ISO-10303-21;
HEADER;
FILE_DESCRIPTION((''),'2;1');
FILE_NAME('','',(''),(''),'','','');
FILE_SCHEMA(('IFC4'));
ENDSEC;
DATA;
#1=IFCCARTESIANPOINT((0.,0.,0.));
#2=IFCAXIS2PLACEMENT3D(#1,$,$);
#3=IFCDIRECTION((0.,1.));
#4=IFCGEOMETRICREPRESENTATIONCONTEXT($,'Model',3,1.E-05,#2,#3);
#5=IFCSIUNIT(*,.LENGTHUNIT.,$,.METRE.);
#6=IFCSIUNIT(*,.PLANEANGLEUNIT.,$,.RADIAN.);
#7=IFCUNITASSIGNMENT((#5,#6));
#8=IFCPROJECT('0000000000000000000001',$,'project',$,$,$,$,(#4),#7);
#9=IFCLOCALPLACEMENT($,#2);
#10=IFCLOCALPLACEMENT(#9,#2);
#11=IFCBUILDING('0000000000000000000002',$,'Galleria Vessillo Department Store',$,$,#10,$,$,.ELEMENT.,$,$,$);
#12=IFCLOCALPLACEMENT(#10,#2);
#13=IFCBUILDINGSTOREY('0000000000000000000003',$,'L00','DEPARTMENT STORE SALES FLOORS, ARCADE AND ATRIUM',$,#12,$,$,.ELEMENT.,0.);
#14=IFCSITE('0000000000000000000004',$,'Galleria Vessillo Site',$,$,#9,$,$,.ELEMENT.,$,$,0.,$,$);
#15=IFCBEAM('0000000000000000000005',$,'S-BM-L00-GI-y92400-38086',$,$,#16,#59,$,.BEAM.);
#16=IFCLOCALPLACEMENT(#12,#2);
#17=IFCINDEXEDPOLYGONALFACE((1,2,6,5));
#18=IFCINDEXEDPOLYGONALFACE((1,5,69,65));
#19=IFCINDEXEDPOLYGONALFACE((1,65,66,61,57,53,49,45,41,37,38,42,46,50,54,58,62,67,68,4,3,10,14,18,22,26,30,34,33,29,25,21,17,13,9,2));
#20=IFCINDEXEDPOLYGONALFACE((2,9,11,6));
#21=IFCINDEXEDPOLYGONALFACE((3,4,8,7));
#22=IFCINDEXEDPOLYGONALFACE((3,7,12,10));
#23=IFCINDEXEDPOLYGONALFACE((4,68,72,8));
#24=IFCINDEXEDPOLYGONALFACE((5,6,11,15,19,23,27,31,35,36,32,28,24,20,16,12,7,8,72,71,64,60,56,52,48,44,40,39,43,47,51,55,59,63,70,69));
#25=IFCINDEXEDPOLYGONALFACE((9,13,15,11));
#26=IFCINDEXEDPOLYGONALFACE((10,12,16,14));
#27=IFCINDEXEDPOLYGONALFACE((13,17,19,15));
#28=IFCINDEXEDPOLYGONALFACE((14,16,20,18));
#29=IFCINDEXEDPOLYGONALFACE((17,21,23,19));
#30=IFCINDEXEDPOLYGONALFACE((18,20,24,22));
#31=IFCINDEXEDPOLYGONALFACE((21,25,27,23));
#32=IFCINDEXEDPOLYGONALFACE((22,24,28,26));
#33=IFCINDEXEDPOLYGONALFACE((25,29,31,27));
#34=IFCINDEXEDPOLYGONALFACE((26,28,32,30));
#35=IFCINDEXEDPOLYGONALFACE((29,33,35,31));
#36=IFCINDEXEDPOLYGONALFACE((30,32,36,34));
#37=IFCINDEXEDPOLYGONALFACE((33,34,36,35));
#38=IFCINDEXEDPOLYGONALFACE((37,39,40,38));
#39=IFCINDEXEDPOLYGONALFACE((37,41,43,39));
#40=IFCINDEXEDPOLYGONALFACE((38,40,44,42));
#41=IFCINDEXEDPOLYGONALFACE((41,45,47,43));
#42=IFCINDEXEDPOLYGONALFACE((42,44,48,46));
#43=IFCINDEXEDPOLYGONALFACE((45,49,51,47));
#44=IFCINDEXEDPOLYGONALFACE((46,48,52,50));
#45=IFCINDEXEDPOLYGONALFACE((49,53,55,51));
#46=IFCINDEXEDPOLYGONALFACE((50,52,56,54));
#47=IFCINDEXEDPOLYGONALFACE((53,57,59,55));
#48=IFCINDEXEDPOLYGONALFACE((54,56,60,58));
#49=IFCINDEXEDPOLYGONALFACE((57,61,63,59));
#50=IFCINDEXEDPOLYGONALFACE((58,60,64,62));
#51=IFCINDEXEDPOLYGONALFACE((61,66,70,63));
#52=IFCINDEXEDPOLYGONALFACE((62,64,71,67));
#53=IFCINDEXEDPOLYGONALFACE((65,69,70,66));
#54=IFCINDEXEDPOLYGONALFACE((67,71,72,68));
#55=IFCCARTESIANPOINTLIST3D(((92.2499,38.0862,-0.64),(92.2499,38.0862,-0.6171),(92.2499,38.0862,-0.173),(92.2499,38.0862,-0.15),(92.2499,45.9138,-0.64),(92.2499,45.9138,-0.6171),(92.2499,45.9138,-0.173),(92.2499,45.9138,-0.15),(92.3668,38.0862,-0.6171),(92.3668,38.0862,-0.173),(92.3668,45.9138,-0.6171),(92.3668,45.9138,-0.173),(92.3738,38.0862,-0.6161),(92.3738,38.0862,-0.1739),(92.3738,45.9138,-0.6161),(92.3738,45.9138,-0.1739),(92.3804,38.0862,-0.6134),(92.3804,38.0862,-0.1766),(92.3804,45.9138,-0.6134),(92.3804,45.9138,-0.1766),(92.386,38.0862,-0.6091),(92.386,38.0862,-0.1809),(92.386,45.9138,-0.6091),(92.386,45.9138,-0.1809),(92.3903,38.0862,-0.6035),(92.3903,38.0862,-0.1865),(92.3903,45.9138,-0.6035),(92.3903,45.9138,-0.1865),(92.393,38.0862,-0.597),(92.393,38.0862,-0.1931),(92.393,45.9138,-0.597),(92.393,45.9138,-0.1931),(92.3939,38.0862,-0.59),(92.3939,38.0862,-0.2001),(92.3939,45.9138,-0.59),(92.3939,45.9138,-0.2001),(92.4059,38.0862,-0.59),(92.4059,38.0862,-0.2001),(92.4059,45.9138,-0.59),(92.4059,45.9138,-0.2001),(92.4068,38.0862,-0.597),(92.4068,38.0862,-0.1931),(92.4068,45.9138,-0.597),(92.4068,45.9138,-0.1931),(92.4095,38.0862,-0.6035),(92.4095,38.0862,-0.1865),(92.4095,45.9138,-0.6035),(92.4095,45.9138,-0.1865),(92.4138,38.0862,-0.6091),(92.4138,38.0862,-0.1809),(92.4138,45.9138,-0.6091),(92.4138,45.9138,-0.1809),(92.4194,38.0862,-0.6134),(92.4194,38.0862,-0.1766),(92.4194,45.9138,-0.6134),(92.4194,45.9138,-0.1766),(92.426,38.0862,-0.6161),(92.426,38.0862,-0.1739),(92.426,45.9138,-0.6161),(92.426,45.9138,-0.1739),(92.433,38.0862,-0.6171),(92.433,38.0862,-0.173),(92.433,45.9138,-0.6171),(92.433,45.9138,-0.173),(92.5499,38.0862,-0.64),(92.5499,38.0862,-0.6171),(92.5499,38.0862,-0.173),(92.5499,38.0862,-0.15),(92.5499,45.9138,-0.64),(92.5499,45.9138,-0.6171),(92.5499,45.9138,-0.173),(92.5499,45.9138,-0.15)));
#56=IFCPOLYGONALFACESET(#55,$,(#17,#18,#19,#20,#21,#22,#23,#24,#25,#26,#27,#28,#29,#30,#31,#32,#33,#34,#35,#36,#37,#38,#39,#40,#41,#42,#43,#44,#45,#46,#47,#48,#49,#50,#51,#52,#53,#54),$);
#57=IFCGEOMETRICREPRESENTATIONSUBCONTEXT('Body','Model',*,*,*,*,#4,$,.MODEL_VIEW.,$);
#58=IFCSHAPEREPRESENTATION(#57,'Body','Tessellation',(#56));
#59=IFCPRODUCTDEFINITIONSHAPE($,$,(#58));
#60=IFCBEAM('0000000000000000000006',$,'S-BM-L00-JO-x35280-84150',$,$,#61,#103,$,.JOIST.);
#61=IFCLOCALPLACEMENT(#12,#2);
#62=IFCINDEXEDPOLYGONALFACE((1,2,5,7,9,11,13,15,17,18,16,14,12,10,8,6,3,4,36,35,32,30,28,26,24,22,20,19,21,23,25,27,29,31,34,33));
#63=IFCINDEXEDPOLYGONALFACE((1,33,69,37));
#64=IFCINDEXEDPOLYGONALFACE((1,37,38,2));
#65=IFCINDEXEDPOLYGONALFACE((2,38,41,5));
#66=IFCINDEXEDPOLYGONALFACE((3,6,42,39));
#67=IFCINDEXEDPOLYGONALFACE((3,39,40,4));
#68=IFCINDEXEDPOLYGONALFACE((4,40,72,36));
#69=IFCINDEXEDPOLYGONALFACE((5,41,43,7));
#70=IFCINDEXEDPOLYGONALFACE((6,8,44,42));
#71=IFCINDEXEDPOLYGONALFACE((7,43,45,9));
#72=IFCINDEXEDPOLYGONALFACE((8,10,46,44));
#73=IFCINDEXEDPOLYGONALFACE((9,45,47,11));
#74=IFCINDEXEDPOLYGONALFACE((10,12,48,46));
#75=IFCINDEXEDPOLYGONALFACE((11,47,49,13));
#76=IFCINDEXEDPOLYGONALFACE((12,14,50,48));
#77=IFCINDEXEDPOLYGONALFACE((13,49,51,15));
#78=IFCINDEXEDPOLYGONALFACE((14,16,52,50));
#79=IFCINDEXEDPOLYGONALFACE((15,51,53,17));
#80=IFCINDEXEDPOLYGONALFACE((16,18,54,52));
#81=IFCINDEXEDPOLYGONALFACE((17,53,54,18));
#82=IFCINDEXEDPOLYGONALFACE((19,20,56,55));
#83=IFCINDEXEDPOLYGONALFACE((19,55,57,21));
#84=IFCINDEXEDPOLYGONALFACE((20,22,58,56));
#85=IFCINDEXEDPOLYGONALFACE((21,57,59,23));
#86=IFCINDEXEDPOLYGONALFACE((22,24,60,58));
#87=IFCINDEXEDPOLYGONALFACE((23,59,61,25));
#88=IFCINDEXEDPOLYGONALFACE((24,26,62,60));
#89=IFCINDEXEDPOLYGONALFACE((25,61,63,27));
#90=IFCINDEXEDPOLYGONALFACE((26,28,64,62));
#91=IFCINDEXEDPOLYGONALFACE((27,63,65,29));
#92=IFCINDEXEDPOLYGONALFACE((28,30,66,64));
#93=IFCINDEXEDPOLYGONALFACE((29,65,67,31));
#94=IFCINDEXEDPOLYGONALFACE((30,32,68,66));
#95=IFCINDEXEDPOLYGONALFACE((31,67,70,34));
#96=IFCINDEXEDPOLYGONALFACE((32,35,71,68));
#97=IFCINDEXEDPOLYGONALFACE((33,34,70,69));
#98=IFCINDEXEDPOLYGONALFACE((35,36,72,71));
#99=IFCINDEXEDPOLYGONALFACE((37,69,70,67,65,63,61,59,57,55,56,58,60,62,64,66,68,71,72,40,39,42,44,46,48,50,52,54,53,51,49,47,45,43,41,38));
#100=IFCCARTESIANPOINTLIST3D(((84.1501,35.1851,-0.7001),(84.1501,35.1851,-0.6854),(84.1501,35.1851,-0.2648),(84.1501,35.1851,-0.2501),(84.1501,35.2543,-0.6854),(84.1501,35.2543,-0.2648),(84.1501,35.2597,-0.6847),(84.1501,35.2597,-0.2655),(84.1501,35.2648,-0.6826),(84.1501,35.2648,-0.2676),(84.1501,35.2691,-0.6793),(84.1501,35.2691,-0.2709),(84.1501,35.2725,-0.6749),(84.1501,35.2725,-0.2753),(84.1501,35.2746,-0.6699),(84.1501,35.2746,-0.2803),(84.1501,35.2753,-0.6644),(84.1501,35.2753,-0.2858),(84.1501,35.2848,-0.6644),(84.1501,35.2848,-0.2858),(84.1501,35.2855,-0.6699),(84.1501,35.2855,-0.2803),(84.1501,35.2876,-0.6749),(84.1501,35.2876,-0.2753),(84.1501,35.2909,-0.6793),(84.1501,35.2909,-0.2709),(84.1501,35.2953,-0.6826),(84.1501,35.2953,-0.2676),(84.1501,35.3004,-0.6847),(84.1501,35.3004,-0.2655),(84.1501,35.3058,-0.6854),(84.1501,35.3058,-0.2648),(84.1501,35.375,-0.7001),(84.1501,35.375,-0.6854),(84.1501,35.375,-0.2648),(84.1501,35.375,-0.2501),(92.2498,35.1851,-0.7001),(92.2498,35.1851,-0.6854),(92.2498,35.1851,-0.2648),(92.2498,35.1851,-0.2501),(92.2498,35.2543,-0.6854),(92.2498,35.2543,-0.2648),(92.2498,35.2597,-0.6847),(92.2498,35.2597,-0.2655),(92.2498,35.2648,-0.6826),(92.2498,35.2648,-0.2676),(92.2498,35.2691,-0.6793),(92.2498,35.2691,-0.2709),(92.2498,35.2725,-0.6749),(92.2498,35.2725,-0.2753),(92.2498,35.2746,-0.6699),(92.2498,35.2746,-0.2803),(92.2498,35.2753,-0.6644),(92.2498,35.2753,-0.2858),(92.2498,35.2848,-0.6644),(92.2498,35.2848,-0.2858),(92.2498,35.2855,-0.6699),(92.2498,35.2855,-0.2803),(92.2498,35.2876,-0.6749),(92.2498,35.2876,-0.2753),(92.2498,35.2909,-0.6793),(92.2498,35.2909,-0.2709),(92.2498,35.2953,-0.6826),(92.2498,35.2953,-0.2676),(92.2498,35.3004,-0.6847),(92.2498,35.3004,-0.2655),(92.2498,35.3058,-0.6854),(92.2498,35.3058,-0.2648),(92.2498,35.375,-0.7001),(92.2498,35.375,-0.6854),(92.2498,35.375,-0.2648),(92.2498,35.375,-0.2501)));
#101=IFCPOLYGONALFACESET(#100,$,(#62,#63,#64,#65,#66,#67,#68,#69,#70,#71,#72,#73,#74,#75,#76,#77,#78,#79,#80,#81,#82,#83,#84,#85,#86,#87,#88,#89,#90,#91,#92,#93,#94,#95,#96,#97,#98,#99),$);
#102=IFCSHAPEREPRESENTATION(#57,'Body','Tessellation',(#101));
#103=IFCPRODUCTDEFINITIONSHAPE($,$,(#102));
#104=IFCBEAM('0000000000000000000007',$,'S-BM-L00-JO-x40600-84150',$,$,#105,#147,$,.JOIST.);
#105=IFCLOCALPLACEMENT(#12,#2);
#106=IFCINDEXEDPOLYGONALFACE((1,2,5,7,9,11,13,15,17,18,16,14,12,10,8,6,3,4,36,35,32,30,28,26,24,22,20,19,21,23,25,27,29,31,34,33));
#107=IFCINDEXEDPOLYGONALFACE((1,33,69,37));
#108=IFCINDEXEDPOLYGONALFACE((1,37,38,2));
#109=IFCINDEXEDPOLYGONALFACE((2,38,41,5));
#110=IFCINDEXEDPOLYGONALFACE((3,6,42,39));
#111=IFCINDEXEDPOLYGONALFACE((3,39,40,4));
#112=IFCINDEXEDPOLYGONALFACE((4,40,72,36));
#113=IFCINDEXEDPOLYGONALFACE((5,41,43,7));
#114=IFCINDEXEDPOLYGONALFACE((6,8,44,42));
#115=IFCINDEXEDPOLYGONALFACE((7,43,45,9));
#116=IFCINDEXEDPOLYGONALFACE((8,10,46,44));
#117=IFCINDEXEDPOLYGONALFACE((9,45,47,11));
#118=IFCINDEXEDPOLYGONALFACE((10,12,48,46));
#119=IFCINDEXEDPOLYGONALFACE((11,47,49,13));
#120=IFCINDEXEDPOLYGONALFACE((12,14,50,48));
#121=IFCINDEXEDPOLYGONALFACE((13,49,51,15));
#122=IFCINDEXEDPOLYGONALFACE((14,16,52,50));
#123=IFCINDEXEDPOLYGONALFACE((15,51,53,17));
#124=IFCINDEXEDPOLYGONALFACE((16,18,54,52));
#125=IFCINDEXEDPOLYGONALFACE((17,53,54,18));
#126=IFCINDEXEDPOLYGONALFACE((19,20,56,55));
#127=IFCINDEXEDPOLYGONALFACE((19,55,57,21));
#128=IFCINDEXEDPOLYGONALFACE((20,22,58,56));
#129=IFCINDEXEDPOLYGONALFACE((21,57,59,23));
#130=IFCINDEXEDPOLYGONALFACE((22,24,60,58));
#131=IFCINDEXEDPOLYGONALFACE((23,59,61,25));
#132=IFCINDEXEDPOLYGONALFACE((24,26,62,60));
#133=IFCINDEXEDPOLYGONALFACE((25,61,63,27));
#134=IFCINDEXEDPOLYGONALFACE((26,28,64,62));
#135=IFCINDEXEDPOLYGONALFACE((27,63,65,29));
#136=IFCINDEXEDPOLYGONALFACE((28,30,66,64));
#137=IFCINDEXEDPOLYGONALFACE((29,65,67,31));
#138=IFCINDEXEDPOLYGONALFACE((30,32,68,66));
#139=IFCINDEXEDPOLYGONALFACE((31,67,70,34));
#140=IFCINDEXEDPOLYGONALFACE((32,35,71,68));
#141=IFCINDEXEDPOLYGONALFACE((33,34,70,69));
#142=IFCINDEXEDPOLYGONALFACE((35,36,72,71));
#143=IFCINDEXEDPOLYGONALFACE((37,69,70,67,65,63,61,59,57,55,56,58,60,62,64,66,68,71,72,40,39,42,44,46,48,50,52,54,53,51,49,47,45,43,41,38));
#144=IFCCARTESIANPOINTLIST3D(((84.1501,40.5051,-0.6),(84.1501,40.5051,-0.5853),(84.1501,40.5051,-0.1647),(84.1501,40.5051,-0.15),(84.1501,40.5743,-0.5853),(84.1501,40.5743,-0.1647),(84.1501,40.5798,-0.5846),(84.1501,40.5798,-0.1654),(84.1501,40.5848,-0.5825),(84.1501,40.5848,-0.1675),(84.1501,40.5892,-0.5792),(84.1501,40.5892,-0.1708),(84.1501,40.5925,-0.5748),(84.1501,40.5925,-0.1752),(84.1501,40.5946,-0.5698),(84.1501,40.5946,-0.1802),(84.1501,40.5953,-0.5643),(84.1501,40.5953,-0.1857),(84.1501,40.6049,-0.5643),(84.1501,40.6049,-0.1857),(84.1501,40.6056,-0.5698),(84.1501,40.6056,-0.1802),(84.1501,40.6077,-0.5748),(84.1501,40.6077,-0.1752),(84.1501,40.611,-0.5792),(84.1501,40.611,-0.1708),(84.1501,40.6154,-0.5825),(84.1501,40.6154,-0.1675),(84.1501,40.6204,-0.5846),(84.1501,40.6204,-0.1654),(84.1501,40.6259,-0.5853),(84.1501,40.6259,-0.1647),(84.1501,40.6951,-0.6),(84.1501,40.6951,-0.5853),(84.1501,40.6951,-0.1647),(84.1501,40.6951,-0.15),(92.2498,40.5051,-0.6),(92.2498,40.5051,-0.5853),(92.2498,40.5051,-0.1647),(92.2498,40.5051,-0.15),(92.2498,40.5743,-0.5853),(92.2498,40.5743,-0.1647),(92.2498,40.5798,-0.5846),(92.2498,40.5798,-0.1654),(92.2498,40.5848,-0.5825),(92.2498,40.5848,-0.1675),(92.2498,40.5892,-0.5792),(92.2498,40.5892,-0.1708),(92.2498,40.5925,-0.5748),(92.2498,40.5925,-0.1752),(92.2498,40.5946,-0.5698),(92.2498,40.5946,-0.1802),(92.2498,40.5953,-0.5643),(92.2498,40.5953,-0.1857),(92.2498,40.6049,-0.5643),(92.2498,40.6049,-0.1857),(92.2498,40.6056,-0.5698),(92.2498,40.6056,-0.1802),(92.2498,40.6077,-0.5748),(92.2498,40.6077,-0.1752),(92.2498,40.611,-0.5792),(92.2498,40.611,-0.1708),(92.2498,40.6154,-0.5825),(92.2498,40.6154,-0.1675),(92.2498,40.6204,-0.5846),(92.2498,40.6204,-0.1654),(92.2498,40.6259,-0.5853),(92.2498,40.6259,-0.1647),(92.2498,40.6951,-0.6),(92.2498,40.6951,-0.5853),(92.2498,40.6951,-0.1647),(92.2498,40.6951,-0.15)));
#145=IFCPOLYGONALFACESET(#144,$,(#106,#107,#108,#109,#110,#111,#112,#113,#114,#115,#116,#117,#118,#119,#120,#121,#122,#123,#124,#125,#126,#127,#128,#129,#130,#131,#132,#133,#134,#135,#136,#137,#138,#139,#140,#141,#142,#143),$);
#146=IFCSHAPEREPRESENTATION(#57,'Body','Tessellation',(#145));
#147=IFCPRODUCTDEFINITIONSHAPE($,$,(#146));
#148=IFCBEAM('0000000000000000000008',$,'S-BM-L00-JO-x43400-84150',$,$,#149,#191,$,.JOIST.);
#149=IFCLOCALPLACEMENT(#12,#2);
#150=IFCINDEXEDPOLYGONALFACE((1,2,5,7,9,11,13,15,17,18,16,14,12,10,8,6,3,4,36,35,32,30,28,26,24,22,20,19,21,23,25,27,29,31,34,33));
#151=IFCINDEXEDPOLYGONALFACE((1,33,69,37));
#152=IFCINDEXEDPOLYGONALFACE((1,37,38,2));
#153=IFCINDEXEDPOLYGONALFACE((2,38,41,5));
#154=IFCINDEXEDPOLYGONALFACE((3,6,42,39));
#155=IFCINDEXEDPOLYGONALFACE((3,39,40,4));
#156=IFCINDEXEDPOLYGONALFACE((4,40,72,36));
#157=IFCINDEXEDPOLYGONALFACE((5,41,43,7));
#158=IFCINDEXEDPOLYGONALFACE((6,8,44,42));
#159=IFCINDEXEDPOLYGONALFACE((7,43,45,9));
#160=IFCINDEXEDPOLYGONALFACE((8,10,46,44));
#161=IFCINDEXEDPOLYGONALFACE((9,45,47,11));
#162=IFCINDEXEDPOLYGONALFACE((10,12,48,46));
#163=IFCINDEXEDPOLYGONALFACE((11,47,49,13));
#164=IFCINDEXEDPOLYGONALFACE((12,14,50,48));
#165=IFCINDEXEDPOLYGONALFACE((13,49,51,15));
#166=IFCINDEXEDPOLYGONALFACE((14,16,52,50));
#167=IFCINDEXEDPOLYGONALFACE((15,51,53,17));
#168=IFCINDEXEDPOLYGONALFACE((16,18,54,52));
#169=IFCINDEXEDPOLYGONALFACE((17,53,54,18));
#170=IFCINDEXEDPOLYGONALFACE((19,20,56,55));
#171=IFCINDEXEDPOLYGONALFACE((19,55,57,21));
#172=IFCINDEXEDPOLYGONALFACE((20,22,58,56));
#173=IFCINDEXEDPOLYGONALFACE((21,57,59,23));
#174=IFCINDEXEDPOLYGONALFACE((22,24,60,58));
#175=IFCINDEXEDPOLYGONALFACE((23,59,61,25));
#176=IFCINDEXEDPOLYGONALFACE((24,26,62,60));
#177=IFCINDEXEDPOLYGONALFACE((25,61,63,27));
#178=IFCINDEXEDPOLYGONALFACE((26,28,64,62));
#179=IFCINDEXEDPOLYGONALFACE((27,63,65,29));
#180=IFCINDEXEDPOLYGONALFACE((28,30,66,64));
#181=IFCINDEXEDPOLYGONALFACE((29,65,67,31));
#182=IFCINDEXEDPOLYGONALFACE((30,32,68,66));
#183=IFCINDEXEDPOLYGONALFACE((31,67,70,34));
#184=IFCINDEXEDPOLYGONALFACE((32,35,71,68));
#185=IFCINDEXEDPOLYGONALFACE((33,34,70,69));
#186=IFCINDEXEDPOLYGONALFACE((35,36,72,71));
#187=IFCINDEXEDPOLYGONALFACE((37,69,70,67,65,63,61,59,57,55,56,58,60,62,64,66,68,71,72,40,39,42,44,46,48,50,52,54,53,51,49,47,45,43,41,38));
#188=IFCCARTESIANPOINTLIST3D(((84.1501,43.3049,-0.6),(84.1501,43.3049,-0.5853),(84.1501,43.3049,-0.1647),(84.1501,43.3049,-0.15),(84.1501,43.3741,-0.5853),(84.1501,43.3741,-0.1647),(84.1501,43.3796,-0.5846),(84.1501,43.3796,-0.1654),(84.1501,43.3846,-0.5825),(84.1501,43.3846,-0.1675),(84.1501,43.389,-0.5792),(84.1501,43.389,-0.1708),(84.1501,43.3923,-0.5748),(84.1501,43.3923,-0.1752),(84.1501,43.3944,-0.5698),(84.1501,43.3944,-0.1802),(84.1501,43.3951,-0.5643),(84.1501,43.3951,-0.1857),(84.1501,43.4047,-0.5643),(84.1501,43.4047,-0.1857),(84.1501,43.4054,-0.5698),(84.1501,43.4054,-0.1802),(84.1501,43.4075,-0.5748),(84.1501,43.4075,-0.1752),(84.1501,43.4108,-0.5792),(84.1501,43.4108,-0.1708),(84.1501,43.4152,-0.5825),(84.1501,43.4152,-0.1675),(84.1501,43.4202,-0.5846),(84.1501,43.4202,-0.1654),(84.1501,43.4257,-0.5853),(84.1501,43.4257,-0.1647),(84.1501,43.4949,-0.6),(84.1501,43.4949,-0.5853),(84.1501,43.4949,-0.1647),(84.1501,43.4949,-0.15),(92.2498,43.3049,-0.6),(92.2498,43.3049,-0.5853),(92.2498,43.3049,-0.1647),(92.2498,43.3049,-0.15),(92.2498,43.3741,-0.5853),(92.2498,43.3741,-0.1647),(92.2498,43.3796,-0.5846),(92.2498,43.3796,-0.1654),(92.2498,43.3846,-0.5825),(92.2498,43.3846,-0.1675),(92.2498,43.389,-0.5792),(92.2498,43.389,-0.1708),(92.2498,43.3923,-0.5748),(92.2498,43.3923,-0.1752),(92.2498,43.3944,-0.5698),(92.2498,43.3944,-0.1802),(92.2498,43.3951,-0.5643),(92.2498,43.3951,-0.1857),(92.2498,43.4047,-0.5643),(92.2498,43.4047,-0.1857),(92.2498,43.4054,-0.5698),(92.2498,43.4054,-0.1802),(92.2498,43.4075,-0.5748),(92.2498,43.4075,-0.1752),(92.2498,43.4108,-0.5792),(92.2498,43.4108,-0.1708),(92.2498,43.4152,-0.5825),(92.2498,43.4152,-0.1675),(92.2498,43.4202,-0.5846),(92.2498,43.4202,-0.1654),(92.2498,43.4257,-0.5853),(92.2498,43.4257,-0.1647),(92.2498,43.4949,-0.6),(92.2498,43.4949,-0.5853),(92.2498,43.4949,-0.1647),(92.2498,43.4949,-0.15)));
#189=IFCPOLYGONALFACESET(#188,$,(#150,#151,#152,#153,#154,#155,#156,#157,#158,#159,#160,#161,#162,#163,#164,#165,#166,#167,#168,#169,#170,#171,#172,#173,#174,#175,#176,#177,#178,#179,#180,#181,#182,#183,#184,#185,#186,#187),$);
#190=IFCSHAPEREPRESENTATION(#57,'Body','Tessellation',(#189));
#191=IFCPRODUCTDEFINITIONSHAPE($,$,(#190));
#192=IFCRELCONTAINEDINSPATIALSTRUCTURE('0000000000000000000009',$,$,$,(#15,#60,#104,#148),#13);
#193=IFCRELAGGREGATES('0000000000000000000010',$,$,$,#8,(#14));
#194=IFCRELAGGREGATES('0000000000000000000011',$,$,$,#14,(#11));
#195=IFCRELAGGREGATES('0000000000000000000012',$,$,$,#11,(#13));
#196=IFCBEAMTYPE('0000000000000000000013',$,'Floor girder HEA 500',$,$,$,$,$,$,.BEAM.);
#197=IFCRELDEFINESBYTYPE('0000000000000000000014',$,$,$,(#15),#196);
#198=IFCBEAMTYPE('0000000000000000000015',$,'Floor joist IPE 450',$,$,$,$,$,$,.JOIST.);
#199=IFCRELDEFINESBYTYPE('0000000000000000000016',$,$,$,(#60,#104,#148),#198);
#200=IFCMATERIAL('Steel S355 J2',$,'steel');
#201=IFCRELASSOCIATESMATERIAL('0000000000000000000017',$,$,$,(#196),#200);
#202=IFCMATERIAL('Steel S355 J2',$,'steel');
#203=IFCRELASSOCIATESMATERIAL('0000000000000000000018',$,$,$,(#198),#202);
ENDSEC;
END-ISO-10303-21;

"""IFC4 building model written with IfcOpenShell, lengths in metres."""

from ifc_helpers import new_model, si_unit, direction, frame, origin, origin_2d, place, context, subcontext, project, spatial, i_section, extrude, material, material_profile, profile_set, type_object, element, save


model = new_model("IFC4")

# Units and contexts
model_context = context("Model", 3, precision=1e-05, world=origin(), true_north=direction((0.0, 1.0)))
body_context = subcontext(model_context, "Body", "Model", "MODEL_VIEW")
ifc_project = project(units=[si_unit("LENGTHUNIT", "METRE"), si_unit("PLANEANGLEUNIT", "RADIAN")], contexts=[model_context])

# Site, building, storey
site_placement = place(None, origin())
site = spatial("IfcSite", under=ifc_project, at=site_placement, Name="Galleria Vessillo Site", CompositionType="ELEMENT", RefElevation=0.0)
building_placement = place(site_placement, origin())
building = spatial("IfcBuilding", under=site, at=building_placement, Name="Galleria Vessillo Department Store", CompositionType="ELEMENT")
storey_placement = place(building_placement, origin())
storey = spatial("IfcBuildingStorey", under=building, at=storey_placement, Name="L00", Description="DEPARTMENT STORE SALES FLOORS, ARCADE AND ATRIUM", CompositionType="ELEMENT", Elevation=0.0)

# Beams
ifc_material_1 = material(Name="Steel S355 J2", Category="steel")
ifc_material_profile_1 = material_profile(ifc_material_1, i_section(OverallWidth=0.3, OverallDepth=0.49, WebThickness=0.012, FlangeThickness=0.0229, FilletRadius=0.0271, at=origin_2d()), Name="HEA 500")
ifc_profile_set_1 = profile_set([ifc_material_profile_1], Name="Steel S355 J2")
beam_type_1 = type_object("IfcBeamType", Name="Floor girder HEA 500", PredefinedType="BEAM", material=ifc_profile_set_1)
beam_1_placement = place(storey_placement, frame((92.3999, 38.0862, -0.395), z_axis=(0.0, 1.0, 0.0), x_axis=(-1.0, 0.0, 0.0)))
element("IfcBeam", 1, at=beam_1_placement, inside=storey, type_object=beam_type_1, Name="S-BM-L00-GI-y92400-38086", PredefinedType="BEAM", context=body_context, shape_type="SweptSolid", body=[
    extrude(i_section(OverallWidth=0.3, OverallDepth=0.49, WebThickness=0.012, FlangeThickness=0.0229, FilletRadius=0.0271, at=origin_2d()), origin(), (0.0, 0.0, 1.0), 7.8276),
])
ifc_material_2 = material(Name="Steel S355 J2", Category="steel")
ifc_material_profile_2 = material_profile(ifc_material_2, i_section(OverallWidth=0.1899, OverallDepth=0.45, WebThickness=0.0095, FlangeThickness=0.0146, FilletRadius=0.021, at=origin_2d()), Name="IPE 450")
ifc_profile_set_2 = profile_set([ifc_material_profile_2], Name="Steel S355 J2")
beam_type_2 = type_object("IfcBeamType", Name="Floor joist IPE 450", PredefinedType="JOIST", material=ifc_profile_set_2)
for number, where, z_axis, x_axis, name in (
    (2, (84.1501, 35.28, -0.4751), (1.0, 0.0, 0.0), (0.0, 1.0, 0.0), "S-BM-L00-JO-x35280-84150"),
    (3, (84.1501, 40.6001, -0.375), (1.0, 0.0, 0.0), (0.0, 1.0, 0.0), "S-BM-L00-JO-x40600-84150"),
    (4, (84.1501, 43.3999, -0.375), (1.0, 0.0, 0.0), (0.0, 1.0, 0.0), "S-BM-L00-JO-x43400-84150"),
):
    element("IfcBeam", number, at=place(storey_placement, frame(where, z_axis=z_axis, x_axis=x_axis)), inside=storey, type_object=beam_type_2, Name=name, PredefinedType="JOIST", context=body_context, shape_type="SweptSolid", body=[
        extrude(i_section(OverallWidth=0.1899, OverallDepth=0.45, WebThickness=0.0095, FlangeThickness=0.0146, FilletRadius=0.021, at=origin_2d()), origin(), (0.0, 0.0, 1.0), 8.0996),
    ])

save(model, "model.ifc")
